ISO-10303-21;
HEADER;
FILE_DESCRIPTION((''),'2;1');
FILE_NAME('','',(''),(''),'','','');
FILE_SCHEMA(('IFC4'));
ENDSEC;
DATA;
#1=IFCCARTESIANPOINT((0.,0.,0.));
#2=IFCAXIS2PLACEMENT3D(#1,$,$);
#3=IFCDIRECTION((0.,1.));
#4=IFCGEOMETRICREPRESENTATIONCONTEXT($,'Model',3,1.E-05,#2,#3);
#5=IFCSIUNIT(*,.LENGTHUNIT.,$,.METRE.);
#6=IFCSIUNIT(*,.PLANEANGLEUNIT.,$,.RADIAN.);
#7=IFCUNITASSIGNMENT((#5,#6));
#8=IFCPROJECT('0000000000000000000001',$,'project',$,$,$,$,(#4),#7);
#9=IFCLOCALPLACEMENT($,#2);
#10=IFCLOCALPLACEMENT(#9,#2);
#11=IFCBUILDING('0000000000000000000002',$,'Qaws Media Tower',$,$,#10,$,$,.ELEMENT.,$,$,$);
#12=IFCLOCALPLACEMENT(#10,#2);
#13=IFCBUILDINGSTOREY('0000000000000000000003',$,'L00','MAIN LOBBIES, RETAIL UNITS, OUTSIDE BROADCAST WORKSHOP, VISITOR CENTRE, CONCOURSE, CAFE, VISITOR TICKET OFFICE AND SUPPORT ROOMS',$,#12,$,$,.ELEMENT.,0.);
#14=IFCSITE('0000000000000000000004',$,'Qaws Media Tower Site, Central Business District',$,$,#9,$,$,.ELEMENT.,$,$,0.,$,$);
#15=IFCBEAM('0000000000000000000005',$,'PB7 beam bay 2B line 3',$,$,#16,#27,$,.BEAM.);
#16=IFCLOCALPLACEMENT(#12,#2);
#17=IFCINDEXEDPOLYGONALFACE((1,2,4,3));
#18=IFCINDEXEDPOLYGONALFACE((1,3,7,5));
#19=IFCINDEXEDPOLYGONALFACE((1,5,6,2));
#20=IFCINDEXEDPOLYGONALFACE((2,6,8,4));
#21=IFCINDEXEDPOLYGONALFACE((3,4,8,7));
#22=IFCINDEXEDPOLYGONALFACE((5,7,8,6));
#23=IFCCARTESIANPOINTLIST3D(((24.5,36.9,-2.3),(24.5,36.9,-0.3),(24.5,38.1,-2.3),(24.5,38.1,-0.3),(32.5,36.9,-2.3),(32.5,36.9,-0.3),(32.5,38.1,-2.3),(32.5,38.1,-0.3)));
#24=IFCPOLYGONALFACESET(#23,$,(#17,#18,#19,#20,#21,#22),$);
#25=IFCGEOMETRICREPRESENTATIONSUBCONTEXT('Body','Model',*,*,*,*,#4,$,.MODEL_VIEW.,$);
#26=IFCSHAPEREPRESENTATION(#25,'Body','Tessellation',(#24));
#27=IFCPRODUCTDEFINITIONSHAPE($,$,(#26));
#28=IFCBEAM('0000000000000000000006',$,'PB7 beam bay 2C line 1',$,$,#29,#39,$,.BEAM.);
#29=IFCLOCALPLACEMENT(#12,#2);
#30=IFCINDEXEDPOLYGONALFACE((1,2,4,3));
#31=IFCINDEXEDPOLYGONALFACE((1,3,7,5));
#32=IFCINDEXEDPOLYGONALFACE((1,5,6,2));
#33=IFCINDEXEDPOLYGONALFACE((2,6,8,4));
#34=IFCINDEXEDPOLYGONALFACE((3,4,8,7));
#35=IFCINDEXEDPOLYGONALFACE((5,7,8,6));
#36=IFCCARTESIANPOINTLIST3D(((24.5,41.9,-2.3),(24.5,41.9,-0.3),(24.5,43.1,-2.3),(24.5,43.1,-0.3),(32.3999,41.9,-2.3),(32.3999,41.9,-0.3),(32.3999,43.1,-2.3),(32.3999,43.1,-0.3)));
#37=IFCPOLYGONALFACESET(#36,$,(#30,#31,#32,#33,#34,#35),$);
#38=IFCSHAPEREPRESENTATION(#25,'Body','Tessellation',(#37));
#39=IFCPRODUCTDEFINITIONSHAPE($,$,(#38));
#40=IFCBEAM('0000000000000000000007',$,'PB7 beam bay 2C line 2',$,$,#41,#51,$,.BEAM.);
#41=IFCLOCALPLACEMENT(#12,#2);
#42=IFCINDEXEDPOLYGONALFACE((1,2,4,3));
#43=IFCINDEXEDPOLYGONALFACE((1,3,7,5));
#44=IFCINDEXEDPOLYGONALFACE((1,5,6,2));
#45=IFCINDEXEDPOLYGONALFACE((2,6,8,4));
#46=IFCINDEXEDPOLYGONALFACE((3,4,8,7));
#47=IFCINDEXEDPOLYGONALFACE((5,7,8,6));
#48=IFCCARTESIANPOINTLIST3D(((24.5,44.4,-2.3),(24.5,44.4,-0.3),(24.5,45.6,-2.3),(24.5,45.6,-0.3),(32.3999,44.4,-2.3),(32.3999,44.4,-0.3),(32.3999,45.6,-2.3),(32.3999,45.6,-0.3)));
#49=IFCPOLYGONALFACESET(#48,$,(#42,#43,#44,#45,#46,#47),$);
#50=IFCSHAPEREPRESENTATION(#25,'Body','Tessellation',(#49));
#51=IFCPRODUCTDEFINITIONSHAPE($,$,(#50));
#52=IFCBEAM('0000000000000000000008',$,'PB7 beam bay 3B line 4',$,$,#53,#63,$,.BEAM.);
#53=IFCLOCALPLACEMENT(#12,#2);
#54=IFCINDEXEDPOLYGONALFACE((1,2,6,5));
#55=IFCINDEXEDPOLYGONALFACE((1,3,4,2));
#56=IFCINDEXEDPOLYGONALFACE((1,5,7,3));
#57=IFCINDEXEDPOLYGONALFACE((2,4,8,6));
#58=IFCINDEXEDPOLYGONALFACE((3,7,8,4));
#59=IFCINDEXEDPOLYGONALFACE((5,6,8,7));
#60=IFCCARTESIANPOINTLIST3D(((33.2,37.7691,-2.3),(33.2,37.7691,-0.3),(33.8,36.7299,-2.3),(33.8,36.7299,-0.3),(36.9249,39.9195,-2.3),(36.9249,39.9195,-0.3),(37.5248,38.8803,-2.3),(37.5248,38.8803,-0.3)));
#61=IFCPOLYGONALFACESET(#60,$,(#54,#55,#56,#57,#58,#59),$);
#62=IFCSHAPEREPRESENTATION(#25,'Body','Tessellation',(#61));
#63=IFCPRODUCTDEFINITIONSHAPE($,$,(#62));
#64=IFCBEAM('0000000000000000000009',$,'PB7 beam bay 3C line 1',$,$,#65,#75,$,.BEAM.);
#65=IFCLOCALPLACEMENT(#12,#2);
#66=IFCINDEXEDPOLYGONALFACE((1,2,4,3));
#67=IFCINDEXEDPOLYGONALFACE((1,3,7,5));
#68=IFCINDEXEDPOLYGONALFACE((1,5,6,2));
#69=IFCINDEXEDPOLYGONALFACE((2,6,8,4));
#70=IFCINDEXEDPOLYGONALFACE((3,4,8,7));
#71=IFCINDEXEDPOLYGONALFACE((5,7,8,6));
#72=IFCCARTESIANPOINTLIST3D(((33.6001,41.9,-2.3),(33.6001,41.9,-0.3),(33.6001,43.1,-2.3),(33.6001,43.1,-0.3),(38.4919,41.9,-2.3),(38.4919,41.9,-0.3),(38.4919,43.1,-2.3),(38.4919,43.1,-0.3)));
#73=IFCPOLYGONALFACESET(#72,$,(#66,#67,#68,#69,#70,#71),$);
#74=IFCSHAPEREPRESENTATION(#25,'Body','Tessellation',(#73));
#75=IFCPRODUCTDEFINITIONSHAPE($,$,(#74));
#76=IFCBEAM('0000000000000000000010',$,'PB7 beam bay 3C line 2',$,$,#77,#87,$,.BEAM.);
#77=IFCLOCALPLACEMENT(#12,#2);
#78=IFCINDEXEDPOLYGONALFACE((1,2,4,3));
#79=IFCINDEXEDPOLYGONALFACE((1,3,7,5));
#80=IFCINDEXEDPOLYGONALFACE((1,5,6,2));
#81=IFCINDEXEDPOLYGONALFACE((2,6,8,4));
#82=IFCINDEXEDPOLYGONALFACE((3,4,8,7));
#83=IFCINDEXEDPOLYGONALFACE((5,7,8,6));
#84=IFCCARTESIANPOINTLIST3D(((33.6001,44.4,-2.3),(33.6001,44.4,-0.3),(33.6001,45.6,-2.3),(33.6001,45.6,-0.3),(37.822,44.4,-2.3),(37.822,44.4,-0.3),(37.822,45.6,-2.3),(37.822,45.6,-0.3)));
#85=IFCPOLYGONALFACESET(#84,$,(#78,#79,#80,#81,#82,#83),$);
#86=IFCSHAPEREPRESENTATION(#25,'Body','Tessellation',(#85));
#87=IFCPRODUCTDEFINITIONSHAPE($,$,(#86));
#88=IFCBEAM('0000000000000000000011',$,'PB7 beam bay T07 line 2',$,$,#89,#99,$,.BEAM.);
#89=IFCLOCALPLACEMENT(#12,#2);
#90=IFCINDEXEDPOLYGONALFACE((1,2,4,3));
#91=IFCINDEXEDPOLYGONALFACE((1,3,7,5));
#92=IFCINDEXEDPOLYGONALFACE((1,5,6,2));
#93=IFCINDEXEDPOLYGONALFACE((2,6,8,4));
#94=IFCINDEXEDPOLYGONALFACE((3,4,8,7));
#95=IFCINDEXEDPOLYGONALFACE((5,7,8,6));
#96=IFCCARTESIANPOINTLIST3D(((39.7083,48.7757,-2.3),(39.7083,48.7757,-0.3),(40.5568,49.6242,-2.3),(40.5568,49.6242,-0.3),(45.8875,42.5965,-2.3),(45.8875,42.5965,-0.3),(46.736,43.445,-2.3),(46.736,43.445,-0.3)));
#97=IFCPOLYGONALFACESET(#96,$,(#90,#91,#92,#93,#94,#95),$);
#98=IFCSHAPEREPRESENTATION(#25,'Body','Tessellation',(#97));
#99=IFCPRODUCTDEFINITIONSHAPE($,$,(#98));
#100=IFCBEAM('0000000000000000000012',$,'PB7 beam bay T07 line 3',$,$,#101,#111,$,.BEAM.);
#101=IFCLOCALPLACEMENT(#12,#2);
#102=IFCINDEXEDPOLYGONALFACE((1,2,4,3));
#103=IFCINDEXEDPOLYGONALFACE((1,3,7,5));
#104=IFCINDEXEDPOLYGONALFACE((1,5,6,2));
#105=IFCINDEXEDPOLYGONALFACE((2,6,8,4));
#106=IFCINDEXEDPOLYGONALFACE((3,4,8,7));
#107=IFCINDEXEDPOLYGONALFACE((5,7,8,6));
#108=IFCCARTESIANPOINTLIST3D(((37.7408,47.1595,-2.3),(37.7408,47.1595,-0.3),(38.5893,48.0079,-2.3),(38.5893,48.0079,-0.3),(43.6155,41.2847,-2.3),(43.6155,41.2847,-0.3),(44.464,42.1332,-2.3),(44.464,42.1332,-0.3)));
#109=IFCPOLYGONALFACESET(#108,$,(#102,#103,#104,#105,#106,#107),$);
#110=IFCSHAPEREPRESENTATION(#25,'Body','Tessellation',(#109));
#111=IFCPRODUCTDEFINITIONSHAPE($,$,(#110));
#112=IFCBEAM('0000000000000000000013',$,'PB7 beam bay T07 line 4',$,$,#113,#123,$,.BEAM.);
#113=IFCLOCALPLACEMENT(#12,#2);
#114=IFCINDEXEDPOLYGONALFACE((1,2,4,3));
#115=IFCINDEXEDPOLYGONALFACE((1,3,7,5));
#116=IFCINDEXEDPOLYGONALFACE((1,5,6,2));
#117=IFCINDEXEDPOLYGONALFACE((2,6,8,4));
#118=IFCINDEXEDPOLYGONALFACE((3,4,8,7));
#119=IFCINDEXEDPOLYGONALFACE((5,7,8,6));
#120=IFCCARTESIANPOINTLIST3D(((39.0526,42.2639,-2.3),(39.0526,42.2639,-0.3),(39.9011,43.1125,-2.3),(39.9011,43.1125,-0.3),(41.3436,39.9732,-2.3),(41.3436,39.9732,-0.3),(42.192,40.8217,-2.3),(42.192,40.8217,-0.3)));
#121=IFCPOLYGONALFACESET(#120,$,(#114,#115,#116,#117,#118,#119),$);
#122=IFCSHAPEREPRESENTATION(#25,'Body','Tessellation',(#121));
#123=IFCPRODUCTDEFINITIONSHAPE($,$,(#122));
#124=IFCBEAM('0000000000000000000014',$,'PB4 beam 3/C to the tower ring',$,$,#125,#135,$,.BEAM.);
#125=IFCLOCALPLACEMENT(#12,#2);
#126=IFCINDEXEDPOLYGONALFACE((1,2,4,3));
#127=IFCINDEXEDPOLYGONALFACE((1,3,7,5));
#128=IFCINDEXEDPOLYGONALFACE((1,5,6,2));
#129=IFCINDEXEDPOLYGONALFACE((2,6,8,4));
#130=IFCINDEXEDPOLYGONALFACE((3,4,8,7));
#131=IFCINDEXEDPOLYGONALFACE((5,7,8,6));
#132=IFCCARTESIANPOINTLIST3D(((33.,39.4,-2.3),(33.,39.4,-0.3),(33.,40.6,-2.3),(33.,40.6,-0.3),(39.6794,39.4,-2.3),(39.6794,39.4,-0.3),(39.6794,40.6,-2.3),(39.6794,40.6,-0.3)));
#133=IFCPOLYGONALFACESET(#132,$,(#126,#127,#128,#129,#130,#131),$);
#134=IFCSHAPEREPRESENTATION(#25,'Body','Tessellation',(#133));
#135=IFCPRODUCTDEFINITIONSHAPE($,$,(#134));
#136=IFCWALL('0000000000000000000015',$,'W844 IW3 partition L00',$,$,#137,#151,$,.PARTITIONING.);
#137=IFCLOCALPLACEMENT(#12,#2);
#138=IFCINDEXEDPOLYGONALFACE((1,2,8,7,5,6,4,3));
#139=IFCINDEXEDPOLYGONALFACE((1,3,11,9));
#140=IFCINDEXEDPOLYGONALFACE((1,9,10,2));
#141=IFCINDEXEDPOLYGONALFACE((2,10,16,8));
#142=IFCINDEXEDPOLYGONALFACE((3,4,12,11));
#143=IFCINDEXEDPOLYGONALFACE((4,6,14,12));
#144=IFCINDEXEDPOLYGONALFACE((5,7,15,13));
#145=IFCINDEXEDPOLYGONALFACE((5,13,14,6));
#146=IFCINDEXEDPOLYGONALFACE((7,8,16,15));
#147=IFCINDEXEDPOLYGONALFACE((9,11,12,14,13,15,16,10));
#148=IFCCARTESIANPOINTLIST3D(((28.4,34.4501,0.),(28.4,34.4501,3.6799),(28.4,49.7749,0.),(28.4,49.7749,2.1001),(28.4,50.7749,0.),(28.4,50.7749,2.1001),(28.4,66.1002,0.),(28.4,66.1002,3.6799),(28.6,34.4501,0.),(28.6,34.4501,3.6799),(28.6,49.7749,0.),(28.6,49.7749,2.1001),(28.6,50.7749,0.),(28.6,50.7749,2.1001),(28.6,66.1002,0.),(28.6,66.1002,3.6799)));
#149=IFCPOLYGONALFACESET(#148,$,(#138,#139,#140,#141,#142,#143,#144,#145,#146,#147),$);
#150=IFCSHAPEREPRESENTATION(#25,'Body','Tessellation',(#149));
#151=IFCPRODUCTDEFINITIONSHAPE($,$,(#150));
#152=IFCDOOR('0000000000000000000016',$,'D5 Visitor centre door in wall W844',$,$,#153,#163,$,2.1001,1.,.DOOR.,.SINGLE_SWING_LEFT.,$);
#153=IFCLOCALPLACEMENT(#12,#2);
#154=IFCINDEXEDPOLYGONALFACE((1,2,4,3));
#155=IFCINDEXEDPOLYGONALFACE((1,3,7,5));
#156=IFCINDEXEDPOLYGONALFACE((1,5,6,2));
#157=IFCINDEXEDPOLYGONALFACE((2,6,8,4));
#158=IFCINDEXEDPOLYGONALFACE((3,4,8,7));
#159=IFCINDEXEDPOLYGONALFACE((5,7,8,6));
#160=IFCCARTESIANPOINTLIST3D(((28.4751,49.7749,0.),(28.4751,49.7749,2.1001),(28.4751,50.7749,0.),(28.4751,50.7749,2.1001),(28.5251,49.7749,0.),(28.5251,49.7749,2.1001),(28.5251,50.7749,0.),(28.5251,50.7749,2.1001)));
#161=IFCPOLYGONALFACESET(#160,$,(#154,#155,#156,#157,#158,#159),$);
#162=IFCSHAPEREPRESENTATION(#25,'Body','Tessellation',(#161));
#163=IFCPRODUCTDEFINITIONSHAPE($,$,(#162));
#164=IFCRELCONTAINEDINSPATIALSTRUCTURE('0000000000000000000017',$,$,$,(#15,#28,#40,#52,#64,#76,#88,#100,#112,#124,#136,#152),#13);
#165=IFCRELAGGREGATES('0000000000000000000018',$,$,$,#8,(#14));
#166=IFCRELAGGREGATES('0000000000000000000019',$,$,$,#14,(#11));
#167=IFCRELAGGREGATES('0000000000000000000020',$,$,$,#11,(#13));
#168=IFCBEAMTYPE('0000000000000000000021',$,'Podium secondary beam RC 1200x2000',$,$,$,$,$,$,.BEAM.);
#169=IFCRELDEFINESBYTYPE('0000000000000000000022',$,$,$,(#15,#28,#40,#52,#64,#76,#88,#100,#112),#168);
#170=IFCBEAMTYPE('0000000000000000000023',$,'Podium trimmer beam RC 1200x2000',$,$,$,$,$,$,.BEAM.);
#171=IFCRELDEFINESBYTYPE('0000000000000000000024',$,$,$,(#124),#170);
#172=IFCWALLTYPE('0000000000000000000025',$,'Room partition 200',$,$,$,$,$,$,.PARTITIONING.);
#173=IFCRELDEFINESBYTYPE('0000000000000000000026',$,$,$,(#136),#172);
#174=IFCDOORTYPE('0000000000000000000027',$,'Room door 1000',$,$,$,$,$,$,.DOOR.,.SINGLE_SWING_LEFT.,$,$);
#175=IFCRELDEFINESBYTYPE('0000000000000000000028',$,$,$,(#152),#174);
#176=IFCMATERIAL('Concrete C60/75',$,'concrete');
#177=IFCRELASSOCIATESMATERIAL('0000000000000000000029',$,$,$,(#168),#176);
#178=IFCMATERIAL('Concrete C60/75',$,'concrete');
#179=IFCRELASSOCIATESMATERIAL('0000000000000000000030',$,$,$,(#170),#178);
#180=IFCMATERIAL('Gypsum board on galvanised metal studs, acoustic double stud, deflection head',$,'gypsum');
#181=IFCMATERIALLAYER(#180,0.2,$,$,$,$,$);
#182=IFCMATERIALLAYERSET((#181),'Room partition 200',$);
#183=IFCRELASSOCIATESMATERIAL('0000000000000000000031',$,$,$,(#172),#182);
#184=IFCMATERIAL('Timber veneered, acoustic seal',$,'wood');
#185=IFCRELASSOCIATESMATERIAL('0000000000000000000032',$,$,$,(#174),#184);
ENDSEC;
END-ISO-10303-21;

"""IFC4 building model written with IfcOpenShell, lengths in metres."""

from ifc_helpers import new_model, si_unit, direction, frame, frame_2d, origin, origin_2d, place, context, subcontext, project, spatial, rectangle, extrude, material, layer, layer_set, material_profile, profile_set, type_object, element, fill, save


model = new_model("IFC4")

# Units and contexts
model_context = context("Model", 3, precision=1e-05, world=origin(), true_north=direction((0.0, 1.0)))
body_context = subcontext(model_context, "Body", "Model", "MODEL_VIEW")
ifc_project = project(units=[si_unit("LENGTHUNIT", "METRE"), si_unit("PLANEANGLEUNIT", "RADIAN")], contexts=[model_context])

# Site, building, storey
site_placement = place(None, origin())
site = spatial("IfcSite", under=ifc_project, at=site_placement, Name="Qaws Media Tower Site, Central Business District", CompositionType="ELEMENT", RefElevation=0.0)
building_placement = place(site_placement, origin())
building = spatial("IfcBuilding", under=site, at=building_placement, Name="Qaws Media Tower", CompositionType="ELEMENT")
storey_placement = place(building_placement, origin())
storey = spatial("IfcBuildingStorey", under=building, at=storey_placement, Name="L00", Description="MAIN LOBBIES, RETAIL UNITS, OUTSIDE BROADCAST WORKSHOP, VISITOR CENTRE, CONCOURSE, CAFE, VISITOR TICKET OFFICE AND SUPPORT ROOMS", CompositionType="ELEMENT", Elevation=0.0)

# Beams
ifc_material_1 = material(Name="Concrete C60/75", Category="concrete")
ifc_material_profile_1 = material_profile(ifc_material_1, rectangle(XDim=1.2, YDim=2.0, at=origin_2d()), Name="RC 1200x2000")
ifc_profile_set_1 = profile_set([ifc_material_profile_1], Name="Concrete C60/75")
beam_type_1 = type_object("IfcBeamType", Name="Podium secondary beam RC 1200x2000", PredefinedType="BEAM", material=ifc_profile_set_1)
for number, where, z_axis, x_axis, name in (
    (1, (24.5, 37.5, -1.3), (1.0, 0.0, 0.0), (0.0, 1.0, 0.0), "PB7 beam bay 2B line 3"),
):
    element("IfcBeam", number, at=place(storey_placement, frame(where, z_axis=z_axis, x_axis=x_axis)), inside=storey, type_object=beam_type_1, Name=name, PredefinedType="BEAM", context=body_context, shape_type="SweptSolid", body=[
        extrude(rectangle(XDim=1.2, YDim=2.0, at=origin_2d()), origin(), (0.0, 0.0, 1.0), 8.0),
    ])
for number, where, z_axis, x_axis, name in (
    (2, (24.5, 42.5, -1.3), (1.0, 0.0, 0.0), (0.0, 1.0, 0.0), "PB7 beam bay 2C line 1"),
    (3, (24.5, 45.0, -1.3), (1.0, 0.0, 0.0), (0.0, 1.0, 0.0), "PB7 beam bay 2C line 2"),
):
    element("IfcBeam", number, at=place(storey_placement, frame(where, z_axis=z_axis, x_axis=x_axis)), inside=storey, type_object=beam_type_1, Name=name, PredefinedType="BEAM", context=body_context, shape_type="SweptSolid", body=[
        extrude(rectangle(XDim=1.2, YDim=2.0, at=origin_2d()), origin(), (0.0, 0.0, 1.0), 7.8999),
    ])
beam_1_placement = place(storey_placement, frame((33.5, 37.2495, -1.3), z_axis=(0.866041, 0.499973, 0.0), x_axis=(-0.499973, 0.866041, 0.0)))
element("IfcBeam", 4, at=beam_1_placement, inside=storey, type_object=beam_type_1, Name="PB7 beam bay 3B line 4", PredefinedType="BEAM", context=body_context, shape_type="SweptSolid", body=[
    extrude(rectangle(XDim=1.2, YDim=2.0, at=origin_2d()), origin(), (0.0, 0.0, 1.0), 4.301),
])
beam_2_placement = place(storey_placement, frame((33.6001, 42.5, -1.3), z_axis=(1.0, 0.0, 0.0), x_axis=(0.0, 1.0, 0.0)))
element("IfcBeam", 5, at=beam_2_placement, inside=storey, type_object=beam_type_1, Name="PB7 beam bay 3C line 1", PredefinedType="BEAM", context=body_context, shape_type="SweptSolid", body=[
    extrude(rectangle(XDim=1.2, YDim=2.0, at=origin_2d()), origin(), (0.0, 0.0, 1.0), 4.8918),
])
beam_3_placement = place(storey_placement, frame((33.6001, 45.0, -1.3), z_axis=(1.0, 0.0, 0.0), x_axis=(0.0, 1.0, 0.0)))
element("IfcBeam", 6, at=beam_3_placement, inside=storey, type_object=beam_type_1, Name="PB7 beam bay 3C line 2", PredefinedType="BEAM", context=body_context, shape_type="SweptSolid", body=[
    extrude(rectangle(XDim=1.2, YDim=2.0, at=origin_2d()), origin(), (0.0, 0.0, 1.0), 4.2219),
])
beam_4_placement = place(storey_placement, frame((46.3118, 43.0208, -1.3), z_axis=(-0.707107, 0.707107, 0.0), x_axis=(-0.707107, -0.707107, 0.0)))
element("IfcBeam", 7, at=beam_4_placement, inside=storey, type_object=beam_type_1, Name="PB7 beam bay T07 line 2", PredefinedType="BEAM", context=body_context, shape_type="SweptSolid", body=[
    extrude(rectangle(XDim=1.2, YDim=2.0, at=origin_2d()), origin(), (0.0, 0.0, 1.0), 8.7388),
])
beam_5_placement = place(storey_placement, frame((44.0398, 41.709, -1.3), z_axis=(-0.707107, 0.707107, 0.0), x_axis=(-0.707107, -0.707107, 0.0)))
element("IfcBeam", 8, at=beam_5_placement, inside=storey, type_object=beam_type_1, Name="PB7 beam bay T07 line 3", PredefinedType="BEAM", context=body_context, shape_type="SweptSolid", body=[
    extrude(rectangle(XDim=1.2, YDim=2.0, at=origin_2d()), origin(), (0.0, 0.0, 1.0), 8.3081),
])
beam_6_placement = place(storey_placement, frame((41.7678, 40.3975, -1.3), z_axis=(-0.707144, 0.707069, 0.0), x_axis=(-0.707069, -0.707144, 0.0)))
element("IfcBeam", 9, at=beam_6_placement, inside=storey, type_object=beam_type_1, Name="PB7 beam bay T07 line 4", PredefinedType="BEAM", context=body_context, shape_type="SweptSolid", body=[
    extrude(rectangle(XDim=1.2, YDim=2.0, at=origin_2d()), origin(), (0.0, 0.0, 1.0), 3.2397),
])
ifc_material_2 = material(Name="Concrete C60/75", Category="concrete")
ifc_material_profile_2 = material_profile(ifc_material_2, rectangle(XDim=1.2, YDim=2.0, at=origin_2d()), Name="RC 1200x2000")
ifc_profile_set_2 = profile_set([ifc_material_profile_2], Name="Concrete C60/75")
beam_type_2 = type_object("IfcBeamType", Name="Podium trimmer beam RC 1200x2000", PredefinedType="BEAM", material=ifc_profile_set_2)
beam_7_placement = place(storey_placement, frame((33.0, 40.0, -1.3), z_axis=(1.0, 0.0, 0.0), x_axis=(0.0, 1.0, 0.0)))
element("IfcBeam", 10, at=beam_7_placement, inside=storey, type_object=beam_type_2, Name="PB4 beam 3/C to the tower ring", PredefinedType="BEAM", context=body_context, shape_type="SweptSolid", body=[
    extrude(rectangle(XDim=1.2, YDim=2.0, at=origin_2d()), origin(), (0.0, 0.0, 1.0), 6.6794),
])

# Wall, opening, door
ifc_material_3 = material(Name="Gypsum board on galvanised metal studs, acoustic double stud, deflection head", Category="gypsum")
ifc_layer = layer(ifc_material_3, 0.2)
ifc_layer_set = layer_set([ifc_layer], Name="Room partition 200")
wall_type = type_object("IfcWallType", Name="Room partition 200", PredefinedType="PARTITIONING", material=ifc_layer_set)
wall_1_placement = place(storey_placement, frame((28.5, 34.45, 0.0), z_axis=(0.0, 0.0, 1.0), x_axis=(0.0, 1.0, 0.0)))
wall_1 = element("IfcWall", 11, at=wall_1_placement, inside=storey, type_object=wall_type, Name="W844 IW3 partition L00", PredefinedType="PARTITIONING", context=body_context, shape_type="SweptSolid", body=[
    extrude(rectangle(XDim=31.6501, YDim=0.2, at=frame_2d((15.8252, 0.0))), origin(), (0.0, 0.0, 1.0), 3.6799),
])
opening_1_placement = place(wall_1_placement, frame((15.325, 0.0, 0.0)))
opening_1 = element("IfcOpeningElement", 12, at=opening_1_placement, cuts=wall_1, PredefinedType="OPENING", context=body_context, shape_type="SweptSolid", body=[
    extrude(rectangle(XDim=1.0, YDim=2.1001, at=frame_2d((0.5, 1.05))), frame((0.0, 0.1099, 0.0), z_axis=(0.0, -1.0, 0.0), x_axis=(1.0, 0.0, 0.0)), (0.0, 0.0, 1.0), 0.22),
])
ifc_material_4 = material(Name="Timber veneered, acoustic seal", Category="wood")
door_type_1 = type_object("IfcDoorType", Name="Room door 1000", OperationType="SINGLE_SWING_LEFT", PredefinedType="DOOR", material=ifc_material_4)
door_1_placement = place(opening_1_placement, origin())
door_1 = element("IfcDoor", 13, at=door_1_placement, inside=storey, type_object=door_type_1, Name="D5 Visitor centre door in wall W844", OperationType="SINGLE_SWING_LEFT", OverallHeight=2.1001, OverallWidth=1.0, PredefinedType="DOOR", context=body_context, shape_type="SweptSolid", body=[
    extrude(rectangle(XDim=1.0, YDim=2.1001, at=frame_2d((0.5, 1.05))), frame((0.0, 0.0249, 0.0), z_axis=(0.0, -1.0, 0.0), x_axis=(1.0, 0.0, 0.0)), (0.0, 0.0, 1.0), 0.05),
])
fill(opening_1, door_1)

save(model, "model.ifc")
